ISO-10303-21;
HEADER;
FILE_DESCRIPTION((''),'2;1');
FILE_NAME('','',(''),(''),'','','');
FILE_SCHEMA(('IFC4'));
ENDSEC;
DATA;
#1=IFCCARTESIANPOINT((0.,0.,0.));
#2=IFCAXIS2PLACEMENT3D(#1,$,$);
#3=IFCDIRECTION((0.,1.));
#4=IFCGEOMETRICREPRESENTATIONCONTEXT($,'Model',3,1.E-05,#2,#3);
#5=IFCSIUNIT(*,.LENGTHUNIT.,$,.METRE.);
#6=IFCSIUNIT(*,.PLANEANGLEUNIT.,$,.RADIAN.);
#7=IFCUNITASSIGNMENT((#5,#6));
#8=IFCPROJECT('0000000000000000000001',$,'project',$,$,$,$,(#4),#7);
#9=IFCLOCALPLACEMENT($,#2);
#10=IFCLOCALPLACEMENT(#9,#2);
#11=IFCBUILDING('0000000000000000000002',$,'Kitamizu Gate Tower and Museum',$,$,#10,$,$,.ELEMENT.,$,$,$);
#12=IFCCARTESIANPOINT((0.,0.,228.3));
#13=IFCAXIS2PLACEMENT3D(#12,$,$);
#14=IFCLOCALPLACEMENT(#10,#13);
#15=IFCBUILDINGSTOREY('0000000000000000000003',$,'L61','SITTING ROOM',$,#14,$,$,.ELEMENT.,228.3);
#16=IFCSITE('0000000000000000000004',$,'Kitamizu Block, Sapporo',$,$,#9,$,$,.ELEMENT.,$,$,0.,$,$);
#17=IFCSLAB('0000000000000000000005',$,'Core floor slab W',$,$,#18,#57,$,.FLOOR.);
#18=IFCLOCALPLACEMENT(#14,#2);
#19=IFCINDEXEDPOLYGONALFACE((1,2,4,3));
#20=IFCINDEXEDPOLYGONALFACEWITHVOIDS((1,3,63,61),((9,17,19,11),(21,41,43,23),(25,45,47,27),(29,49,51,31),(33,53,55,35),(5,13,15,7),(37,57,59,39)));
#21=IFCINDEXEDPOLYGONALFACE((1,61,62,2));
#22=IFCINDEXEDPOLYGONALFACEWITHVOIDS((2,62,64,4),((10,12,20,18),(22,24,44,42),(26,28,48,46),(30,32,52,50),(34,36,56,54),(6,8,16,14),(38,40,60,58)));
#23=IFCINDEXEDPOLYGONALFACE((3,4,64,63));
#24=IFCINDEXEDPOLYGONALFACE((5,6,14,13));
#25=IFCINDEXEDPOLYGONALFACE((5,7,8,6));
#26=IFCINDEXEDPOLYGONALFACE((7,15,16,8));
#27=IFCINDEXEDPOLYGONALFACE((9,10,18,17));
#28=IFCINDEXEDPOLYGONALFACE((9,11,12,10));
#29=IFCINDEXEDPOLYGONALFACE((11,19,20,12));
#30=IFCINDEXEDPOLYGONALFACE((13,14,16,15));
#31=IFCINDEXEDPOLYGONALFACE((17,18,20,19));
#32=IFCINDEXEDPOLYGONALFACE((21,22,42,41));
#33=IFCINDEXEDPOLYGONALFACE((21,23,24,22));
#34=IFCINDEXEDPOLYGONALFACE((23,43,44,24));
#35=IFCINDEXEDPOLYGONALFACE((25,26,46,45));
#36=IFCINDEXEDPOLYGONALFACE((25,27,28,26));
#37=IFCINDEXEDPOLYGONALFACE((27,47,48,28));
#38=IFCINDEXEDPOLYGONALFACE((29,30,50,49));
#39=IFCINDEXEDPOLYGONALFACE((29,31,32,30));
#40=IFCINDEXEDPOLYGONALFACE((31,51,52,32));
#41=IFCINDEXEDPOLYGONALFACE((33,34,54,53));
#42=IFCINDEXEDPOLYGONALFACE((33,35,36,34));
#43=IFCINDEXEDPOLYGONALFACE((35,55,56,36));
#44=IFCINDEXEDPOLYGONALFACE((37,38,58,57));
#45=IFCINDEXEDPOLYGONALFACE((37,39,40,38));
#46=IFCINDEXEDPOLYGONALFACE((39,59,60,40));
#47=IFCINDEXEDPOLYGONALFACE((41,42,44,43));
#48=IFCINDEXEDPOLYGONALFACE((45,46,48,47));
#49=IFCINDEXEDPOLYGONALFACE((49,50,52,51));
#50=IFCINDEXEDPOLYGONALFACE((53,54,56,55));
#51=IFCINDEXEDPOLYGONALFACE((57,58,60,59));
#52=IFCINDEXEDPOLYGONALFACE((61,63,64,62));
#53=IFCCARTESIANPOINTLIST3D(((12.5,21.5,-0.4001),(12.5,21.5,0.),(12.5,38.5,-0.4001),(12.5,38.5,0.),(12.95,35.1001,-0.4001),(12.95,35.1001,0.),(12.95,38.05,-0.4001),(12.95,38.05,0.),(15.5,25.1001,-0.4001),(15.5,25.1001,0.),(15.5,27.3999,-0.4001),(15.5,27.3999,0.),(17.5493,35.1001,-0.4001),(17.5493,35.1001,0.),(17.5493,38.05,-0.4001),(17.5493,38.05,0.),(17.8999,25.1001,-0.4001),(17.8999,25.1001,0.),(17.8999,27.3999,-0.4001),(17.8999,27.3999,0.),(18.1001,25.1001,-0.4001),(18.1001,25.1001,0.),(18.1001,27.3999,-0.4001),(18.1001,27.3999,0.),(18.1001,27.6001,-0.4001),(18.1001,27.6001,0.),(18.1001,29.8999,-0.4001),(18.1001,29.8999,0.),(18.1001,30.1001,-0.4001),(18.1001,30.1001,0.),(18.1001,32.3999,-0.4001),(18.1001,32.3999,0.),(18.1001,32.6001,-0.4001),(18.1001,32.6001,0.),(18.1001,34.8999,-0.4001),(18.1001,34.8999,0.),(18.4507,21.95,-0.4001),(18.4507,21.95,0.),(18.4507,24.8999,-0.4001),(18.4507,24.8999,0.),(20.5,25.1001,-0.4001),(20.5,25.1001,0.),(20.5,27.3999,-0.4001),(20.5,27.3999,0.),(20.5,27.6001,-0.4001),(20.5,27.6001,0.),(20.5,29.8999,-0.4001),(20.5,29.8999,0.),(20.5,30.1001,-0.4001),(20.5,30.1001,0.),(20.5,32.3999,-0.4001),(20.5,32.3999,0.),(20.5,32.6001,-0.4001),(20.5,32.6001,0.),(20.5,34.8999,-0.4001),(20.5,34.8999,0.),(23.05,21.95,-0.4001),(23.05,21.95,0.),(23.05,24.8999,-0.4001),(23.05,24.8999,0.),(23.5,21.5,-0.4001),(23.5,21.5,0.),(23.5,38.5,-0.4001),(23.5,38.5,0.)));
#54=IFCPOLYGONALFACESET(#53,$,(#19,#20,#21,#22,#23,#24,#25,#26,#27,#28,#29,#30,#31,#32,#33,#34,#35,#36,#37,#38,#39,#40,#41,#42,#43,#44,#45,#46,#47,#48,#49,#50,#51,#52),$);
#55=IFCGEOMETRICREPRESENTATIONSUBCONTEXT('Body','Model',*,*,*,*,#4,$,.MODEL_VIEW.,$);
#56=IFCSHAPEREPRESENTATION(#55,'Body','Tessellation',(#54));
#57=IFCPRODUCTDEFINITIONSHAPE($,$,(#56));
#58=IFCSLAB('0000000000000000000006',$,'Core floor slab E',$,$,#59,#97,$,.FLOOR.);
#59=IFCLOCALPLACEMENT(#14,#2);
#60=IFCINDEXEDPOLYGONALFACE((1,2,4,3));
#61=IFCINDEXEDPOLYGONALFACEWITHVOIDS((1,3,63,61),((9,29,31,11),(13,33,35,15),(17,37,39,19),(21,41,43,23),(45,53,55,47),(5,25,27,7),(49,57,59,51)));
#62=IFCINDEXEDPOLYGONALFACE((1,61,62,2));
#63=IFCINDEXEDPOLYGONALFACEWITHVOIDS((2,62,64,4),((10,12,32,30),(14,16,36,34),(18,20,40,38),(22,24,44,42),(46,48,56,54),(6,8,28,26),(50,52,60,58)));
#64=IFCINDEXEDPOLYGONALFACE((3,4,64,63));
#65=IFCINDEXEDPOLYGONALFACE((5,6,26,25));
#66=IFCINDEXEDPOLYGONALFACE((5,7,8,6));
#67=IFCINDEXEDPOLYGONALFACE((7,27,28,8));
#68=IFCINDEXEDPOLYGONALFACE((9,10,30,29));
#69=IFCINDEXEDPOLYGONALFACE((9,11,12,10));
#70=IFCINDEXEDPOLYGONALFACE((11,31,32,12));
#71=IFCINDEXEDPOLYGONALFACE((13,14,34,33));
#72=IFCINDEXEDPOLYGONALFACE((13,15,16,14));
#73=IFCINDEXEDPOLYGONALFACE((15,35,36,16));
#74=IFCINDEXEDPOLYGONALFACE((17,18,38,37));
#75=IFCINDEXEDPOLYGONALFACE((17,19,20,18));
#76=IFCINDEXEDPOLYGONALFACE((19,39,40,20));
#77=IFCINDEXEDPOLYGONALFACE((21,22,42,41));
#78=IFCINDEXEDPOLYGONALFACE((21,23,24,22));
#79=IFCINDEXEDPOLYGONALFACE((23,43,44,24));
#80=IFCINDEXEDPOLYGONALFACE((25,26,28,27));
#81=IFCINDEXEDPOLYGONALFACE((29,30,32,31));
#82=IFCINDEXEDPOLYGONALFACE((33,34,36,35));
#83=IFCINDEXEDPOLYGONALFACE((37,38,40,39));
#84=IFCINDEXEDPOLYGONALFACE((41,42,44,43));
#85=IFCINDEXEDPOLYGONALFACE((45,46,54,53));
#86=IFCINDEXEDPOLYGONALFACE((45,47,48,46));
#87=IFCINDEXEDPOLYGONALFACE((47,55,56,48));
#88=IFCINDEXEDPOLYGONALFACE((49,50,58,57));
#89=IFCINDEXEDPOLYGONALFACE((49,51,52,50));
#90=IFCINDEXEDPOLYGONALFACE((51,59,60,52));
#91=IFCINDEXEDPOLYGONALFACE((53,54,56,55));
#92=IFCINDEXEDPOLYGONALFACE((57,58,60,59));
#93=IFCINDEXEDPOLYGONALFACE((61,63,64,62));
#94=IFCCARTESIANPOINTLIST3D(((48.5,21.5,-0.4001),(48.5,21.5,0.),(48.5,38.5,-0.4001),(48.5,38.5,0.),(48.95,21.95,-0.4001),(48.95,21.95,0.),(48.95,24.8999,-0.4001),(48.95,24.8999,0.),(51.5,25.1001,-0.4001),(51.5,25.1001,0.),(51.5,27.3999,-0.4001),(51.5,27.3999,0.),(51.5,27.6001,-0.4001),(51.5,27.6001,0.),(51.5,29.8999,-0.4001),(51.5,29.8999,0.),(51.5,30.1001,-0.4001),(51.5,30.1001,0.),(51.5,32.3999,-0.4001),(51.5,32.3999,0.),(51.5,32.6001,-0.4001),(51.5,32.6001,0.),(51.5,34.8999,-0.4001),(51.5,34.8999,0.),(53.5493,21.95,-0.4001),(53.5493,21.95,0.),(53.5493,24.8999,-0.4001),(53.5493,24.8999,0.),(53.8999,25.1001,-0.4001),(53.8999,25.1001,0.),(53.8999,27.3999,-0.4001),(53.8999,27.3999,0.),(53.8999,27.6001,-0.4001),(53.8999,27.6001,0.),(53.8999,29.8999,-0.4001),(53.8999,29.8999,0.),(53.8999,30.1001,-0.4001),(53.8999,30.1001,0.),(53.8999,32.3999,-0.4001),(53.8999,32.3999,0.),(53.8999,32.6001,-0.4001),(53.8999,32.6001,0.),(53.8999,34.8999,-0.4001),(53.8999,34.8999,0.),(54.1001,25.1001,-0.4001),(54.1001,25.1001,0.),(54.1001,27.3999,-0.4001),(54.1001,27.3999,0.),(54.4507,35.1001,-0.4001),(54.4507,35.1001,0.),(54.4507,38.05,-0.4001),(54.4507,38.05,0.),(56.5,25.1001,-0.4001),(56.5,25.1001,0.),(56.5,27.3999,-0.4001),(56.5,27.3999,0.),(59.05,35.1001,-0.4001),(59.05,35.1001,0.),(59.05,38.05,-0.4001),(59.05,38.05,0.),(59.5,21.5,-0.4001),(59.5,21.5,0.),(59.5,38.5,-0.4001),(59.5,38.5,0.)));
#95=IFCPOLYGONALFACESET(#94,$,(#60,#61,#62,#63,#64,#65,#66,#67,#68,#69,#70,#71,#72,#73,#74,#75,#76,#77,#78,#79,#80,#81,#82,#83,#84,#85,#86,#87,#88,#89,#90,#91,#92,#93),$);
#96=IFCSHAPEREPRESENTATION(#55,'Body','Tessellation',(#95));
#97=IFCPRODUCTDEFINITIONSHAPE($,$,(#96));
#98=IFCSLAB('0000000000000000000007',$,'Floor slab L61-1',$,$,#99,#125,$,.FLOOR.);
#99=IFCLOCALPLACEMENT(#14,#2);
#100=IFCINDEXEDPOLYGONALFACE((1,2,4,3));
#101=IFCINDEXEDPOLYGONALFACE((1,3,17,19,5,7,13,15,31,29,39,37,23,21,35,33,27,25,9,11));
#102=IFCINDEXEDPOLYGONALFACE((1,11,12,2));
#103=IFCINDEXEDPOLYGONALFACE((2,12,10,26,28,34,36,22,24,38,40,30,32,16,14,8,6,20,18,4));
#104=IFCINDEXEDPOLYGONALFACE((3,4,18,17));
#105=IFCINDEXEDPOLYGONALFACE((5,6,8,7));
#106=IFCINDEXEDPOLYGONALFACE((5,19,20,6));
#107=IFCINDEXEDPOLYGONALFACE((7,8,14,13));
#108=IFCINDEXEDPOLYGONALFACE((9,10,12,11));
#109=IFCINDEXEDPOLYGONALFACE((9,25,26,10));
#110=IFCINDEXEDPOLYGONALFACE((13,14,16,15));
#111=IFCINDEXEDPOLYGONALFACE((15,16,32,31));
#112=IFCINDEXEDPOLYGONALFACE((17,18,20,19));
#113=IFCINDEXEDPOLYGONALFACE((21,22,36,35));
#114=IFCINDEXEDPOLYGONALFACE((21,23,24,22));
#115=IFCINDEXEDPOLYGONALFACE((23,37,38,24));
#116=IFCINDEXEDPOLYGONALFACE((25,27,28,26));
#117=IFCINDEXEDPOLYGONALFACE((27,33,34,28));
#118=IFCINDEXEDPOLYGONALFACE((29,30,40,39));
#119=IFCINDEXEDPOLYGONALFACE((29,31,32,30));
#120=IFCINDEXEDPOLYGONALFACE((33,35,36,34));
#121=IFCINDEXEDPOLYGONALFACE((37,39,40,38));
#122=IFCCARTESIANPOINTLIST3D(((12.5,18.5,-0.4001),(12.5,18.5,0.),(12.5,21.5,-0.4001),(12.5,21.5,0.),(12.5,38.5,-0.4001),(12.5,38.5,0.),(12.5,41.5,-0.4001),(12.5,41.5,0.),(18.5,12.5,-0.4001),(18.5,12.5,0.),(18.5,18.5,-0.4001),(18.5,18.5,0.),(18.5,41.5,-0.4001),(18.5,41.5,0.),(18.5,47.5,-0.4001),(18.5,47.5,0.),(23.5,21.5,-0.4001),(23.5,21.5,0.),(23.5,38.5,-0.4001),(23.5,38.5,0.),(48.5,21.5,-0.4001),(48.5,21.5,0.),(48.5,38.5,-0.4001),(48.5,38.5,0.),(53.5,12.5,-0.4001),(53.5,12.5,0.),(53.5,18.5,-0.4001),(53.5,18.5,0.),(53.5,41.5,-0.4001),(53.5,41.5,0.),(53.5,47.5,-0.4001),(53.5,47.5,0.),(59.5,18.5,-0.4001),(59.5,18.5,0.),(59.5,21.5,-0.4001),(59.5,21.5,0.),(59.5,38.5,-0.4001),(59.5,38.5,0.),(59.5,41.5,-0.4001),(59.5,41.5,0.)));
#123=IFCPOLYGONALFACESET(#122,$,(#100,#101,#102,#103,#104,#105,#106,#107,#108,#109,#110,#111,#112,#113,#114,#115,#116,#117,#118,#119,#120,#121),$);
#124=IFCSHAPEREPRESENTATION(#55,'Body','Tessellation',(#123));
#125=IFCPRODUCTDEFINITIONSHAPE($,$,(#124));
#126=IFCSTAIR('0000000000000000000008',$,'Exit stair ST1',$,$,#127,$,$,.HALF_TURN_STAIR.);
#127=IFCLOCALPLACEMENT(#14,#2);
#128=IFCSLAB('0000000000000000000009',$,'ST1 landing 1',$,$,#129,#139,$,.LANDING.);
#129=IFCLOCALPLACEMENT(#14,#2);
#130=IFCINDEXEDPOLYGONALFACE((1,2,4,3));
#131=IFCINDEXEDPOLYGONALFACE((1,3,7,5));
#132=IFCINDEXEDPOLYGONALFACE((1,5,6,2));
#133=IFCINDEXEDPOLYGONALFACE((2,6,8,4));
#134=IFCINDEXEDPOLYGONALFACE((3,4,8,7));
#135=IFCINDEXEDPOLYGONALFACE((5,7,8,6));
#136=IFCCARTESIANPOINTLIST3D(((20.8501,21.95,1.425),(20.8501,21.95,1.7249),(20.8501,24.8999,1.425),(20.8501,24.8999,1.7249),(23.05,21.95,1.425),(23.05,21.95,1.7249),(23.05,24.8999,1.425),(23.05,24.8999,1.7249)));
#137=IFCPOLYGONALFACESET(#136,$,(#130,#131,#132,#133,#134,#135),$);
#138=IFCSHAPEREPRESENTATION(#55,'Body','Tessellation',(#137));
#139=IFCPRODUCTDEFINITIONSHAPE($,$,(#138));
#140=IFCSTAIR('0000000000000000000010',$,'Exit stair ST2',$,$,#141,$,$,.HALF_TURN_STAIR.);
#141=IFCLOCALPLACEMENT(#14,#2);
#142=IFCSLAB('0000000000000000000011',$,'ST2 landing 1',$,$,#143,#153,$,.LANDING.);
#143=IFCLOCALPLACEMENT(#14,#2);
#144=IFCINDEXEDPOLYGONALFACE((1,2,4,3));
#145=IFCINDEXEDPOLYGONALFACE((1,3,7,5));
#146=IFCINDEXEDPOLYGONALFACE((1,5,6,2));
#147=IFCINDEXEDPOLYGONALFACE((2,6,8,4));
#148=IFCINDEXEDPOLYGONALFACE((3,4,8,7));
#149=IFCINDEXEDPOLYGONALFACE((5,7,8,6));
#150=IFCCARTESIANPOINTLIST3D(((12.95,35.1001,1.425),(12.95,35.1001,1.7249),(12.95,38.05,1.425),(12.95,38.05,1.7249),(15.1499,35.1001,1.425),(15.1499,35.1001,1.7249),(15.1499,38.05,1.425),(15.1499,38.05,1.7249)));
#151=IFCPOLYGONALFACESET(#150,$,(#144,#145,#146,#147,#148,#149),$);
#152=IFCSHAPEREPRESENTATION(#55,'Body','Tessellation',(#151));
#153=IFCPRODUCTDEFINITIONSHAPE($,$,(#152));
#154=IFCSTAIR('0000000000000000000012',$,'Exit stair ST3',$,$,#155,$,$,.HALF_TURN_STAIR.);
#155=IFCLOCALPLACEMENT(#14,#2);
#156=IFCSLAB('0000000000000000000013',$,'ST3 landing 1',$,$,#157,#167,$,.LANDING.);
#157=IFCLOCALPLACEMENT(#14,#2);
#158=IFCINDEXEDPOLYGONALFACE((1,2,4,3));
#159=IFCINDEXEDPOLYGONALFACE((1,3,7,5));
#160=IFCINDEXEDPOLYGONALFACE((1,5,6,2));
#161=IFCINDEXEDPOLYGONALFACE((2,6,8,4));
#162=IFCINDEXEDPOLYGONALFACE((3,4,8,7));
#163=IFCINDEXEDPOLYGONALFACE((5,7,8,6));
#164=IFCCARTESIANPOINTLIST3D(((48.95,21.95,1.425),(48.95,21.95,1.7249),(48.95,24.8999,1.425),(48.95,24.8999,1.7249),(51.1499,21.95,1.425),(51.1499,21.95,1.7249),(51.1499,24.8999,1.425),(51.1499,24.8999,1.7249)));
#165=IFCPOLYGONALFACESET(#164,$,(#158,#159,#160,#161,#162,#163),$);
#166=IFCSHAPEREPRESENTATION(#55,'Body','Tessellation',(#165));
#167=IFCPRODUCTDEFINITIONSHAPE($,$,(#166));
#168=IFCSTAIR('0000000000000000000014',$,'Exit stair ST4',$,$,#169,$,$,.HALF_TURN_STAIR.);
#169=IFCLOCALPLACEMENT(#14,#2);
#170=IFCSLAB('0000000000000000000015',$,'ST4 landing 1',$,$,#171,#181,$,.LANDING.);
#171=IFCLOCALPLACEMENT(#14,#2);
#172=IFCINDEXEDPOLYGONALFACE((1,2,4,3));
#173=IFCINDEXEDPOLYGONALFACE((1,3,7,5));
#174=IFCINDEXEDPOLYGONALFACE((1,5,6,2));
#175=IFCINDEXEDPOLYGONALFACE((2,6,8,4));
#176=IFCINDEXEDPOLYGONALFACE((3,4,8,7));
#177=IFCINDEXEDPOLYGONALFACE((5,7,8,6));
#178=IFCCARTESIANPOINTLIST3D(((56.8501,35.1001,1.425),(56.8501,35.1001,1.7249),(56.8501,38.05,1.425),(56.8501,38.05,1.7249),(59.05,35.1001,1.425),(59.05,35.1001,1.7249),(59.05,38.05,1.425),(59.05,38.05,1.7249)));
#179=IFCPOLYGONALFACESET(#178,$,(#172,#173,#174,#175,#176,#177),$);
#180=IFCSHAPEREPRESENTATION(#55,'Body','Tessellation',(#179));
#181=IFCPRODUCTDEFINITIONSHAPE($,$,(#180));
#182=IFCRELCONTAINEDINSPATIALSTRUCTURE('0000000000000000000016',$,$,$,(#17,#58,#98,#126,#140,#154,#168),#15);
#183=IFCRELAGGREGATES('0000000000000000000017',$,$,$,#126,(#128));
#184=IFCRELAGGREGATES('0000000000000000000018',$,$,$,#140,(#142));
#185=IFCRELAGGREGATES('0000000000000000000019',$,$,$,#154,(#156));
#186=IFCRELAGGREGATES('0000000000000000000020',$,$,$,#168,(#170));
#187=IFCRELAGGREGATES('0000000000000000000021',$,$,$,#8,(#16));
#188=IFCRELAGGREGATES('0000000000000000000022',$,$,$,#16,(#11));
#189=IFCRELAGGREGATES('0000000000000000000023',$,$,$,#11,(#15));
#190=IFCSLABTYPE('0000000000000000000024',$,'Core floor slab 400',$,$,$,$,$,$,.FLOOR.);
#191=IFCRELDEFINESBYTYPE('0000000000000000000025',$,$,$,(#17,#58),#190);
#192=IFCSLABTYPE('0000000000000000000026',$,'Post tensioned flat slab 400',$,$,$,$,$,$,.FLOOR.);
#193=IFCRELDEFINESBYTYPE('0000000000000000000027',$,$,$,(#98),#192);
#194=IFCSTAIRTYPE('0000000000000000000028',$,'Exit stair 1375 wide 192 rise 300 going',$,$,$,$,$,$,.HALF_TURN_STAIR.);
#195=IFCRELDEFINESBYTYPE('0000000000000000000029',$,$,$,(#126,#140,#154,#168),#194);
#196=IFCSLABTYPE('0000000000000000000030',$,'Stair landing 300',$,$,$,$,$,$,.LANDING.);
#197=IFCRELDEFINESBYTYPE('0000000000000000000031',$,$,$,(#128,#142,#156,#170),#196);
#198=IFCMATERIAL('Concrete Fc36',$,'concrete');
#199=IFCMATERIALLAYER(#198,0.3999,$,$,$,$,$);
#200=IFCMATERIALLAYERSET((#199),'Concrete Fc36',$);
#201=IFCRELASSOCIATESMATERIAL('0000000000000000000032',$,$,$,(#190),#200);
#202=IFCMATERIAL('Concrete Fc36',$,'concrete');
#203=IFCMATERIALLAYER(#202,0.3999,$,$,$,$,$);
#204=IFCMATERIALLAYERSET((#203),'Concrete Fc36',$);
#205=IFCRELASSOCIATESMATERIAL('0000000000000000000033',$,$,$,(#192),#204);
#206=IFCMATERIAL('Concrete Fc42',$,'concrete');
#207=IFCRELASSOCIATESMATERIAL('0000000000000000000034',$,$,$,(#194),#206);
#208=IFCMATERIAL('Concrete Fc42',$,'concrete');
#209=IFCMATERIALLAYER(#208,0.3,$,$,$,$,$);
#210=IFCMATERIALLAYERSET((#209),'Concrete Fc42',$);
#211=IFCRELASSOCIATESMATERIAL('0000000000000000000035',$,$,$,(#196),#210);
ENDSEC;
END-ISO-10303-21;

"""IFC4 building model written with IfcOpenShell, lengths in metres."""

from ifc_helpers import new_model, si_unit, direction, frame, origin, place, context, subcontext, project, spatial, polyline, outline, extrude, material, layer, layer_set, type_object, element, aggregate, save


model = new_model("IFC4")

# Units and contexts
model_context = context("Model", 3, precision=1e-05, world=origin(), true_north=direction((0.0, 1.0)))
body_context = subcontext(model_context, "Body", "Model", "MODEL_VIEW")
ifc_project = project(units=[si_unit("LENGTHUNIT", "METRE"), si_unit("PLANEANGLEUNIT", "RADIAN")], contexts=[model_context])

# Site, building, storey
site_placement = place(None, origin())
site = spatial("IfcSite", under=ifc_project, at=site_placement, Name="Kitamizu Block, Sapporo", CompositionType="ELEMENT", RefElevation=0.0)
building_placement = place(site_placement, origin())
building = spatial("IfcBuilding", under=site, at=building_placement, Name="Kitamizu Gate Tower and Museum", CompositionType="ELEMENT")
storey_placement = place(building_placement, frame((0.0, 0.0, 228.3)))
storey = spatial("IfcBuildingStorey", under=building, at=storey_placement, Name="L61", Description="SITTING ROOM", CompositionType="ELEMENT", Elevation=228.3)

# Slabs
ifc_material_1 = material(Name="Concrete Fc36", Category="concrete")
ifc_layer_1 = layer(ifc_material_1, 0.3999)
ifc_layer_set_1 = layer_set([ifc_layer_1], Name="Concrete Fc36")
slab_type_1 = type_object("IfcSlabType", Name="Core floor slab 400", PredefinedType="FLOOR", material=ifc_layer_set_1)
slab_1_placement = place(storey_placement, frame((0.0, 0.0, -0.4001)))
element("IfcSlab", 1, at=slab_1_placement, inside=storey, type_object=slab_type_1, Name="Core floor slab W", PredefinedType="FLOOR", context=body_context, shape_type="SweptSolid", body=[
    extrude(outline(polyline([(12.5, 21.5), (23.5, 21.5), (23.5, 38.5), (12.5, 38.5), (12.5, 21.5)]), holes=[polyline([(15.5, 25.1001), (17.8999, 25.1001), (17.8999, 27.3999), (15.5, 27.3999), (15.5, 25.1001)]), polyline([(18.1001, 25.1001), (20.5, 25.1001), (20.5, 27.3999), (18.1001, 27.3999), (18.1001, 25.1001)]), polyline([(18.1001, 27.6001), (20.5, 27.6001), (20.5, 29.8999), (18.1001, 29.8999), (18.1001, 27.6001)]), polyline([(18.1001, 30.1001), (20.5, 30.1001), (20.5, 32.3999), (18.1001, 32.3999), (18.1001, 30.1001)]), polyline([(18.1001, 32.6001), (20.5, 32.6001), (20.5, 34.8999), (18.1001, 34.8999), (18.1001, 32.6001)]), polyline([(18.4507, 21.95), (23.05, 21.95), (23.05, 24.8999), (18.4507, 24.8999), (18.4507, 21.95)]), polyline([(12.95, 35.1001), (17.5493, 35.1001), (17.5493, 38.05), (12.95, 38.05), (12.95, 35.1001)])]), origin(), (0.0, 0.0, 1.0), 0.4001),
])
slab_2_placement = place(storey_placement, frame((0.0, 0.0, -0.4001)))
element("IfcSlab", 2, at=slab_2_placement, inside=storey, type_object=slab_type_1, Name="Core floor slab E", PredefinedType="FLOOR", context=body_context, shape_type="SweptSolid", body=[
    extrude(outline(polyline([(48.5, 21.5), (59.5, 21.5), (59.5, 38.5), (48.5, 38.5), (48.5, 21.5)]), holes=[polyline([(54.1001, 25.1001), (56.5, 25.1001), (56.5, 27.3999), (54.1001, 27.3999), (54.1001, 25.1001)]), polyline([(51.5, 25.1001), (53.8999, 25.1001), (53.8999, 27.3999), (51.5, 27.3999), (51.5, 25.1001)]), polyline([(51.5, 27.6001), (53.8999, 27.6001), (53.8999, 29.8999), (51.5, 29.8999), (51.5, 27.6001)]), polyline([(51.5, 30.1001), (53.8999, 30.1001), (53.8999, 32.3999), (51.5, 32.3999), (51.5, 30.1001)]), polyline([(51.5, 32.6001), (53.8999, 32.6001), (53.8999, 34.8999), (51.5, 34.8999), (51.5, 32.6001)]), polyline([(48.95, 21.95), (53.5493, 21.95), (53.5493, 24.8999), (48.95, 24.8999), (48.95, 21.95)]), polyline([(54.4507, 35.1001), (59.05, 35.1001), (59.05, 38.05), (54.4507, 38.05), (54.4507, 35.1001)])]), origin(), (0.0, 0.0, 1.0), 0.4001),
])
ifc_material_2 = material(Name="Concrete Fc36", Category="concrete")
ifc_layer_2 = layer(ifc_material_2, 0.3999)
ifc_layer_set_2 = layer_set([ifc_layer_2], Name="Concrete Fc36")
slab_type_2 = type_object("IfcSlabType", Name="Post tensioned flat slab 400", PredefinedType="FLOOR", material=ifc_layer_set_2)
slab_3_placement = place(storey_placement, frame((0.0, 0.0, -0.4001)))
element("IfcSlab", 3, at=slab_3_placement, inside=storey, type_object=slab_type_2, Name="Floor slab L61-1", PredefinedType="FLOOR", context=body_context, shape_type="SweptSolid", body=[
    extrude(outline(polyline([(12.5, 18.5), (12.5, 21.5), (23.5, 21.5), (23.5, 38.5), (12.5, 38.5), (12.5, 41.5), (18.5, 41.5), (18.5, 47.5), (53.5, 47.5), (53.5, 41.5), (59.5, 41.5), (59.5, 38.5), (48.5, 38.5), (48.5, 21.5), (59.5, 21.5), (59.5, 18.5), (53.5, 18.5), (53.5, 12.5), (18.5, 12.5), (18.5, 18.5), (12.5, 18.5)])), origin(), (0.0, 0.0, 1.0), 0.4001),
])

# Stairs, slabs
ifc_material_3 = material(Name="Concrete Fc42", Category="concrete")
stair_type = type_object("IfcStairType", Name="Exit stair 1375 wide 192 rise 300 going", PredefinedType="HALF_TURN_STAIR", material=ifc_material_3)
stair_1_placement = place(storey_placement, origin())
stair_1 = element("IfcStair", 4, at=stair_1_placement, inside=storey, type_object=stair_type, Name="Exit stair ST1", PredefinedType="HALF_TURN_STAIR")
ifc_material_4 = material(Name="Concrete Fc42", Category="concrete")
ifc_layer_3 = layer(ifc_material_4, 0.3)
ifc_layer_set_3 = layer_set([ifc_layer_3], Name="Concrete Fc42")
slab_type_3 = type_object("IfcSlabType", Name="Stair landing 300", PredefinedType="LANDING", material=ifc_layer_set_3)
slab_4_placement = place(storey_placement, frame((0.0, 0.0, 1.425)))
slab_4 = element("IfcSlab", 5, at=slab_4_placement, type_object=slab_type_3, Name="ST1 landing 1", PredefinedType="LANDING", context=body_context, shape_type="SweptSolid", body=[
    extrude(outline(polyline([(20.8501, 21.95), (23.05, 21.95), (23.05, 24.8999), (20.8501, 24.8999), (20.8501, 21.95)])), origin(), (0.0, 0.0, 1.0), 0.2998),
])
aggregate(stair_1, [slab_4])
stair_2_placement = place(storey_placement, origin())
stair_2 = element("IfcStair", 6, at=stair_2_placement, inside=storey, type_object=stair_type, Name="Exit stair ST2", PredefinedType="HALF_TURN_STAIR")
slab_5_placement = place(storey_placement, frame((0.0, 0.0, 1.425)))
slab_5 = element("IfcSlab", 7, at=slab_5_placement, type_object=slab_type_3, Name="ST2 landing 1", PredefinedType="LANDING", context=body_context, shape_type="SweptSolid", body=[
    extrude(outline(polyline([(12.95, 35.1001), (15.1499, 35.1001), (15.1499, 38.05), (12.95, 38.05), (12.95, 35.1001)])), origin(), (0.0, 0.0, 1.0), 0.2998),
])
aggregate(stair_2, [slab_5])
stair_3_placement = place(storey_placement, origin())
stair_3 = element("IfcStair", 8, at=stair_3_placement, inside=storey, type_object=stair_type, Name="Exit stair ST3", PredefinedType="HALF_TURN_STAIR")
slab_6_placement = place(storey_placement, frame((0.0, 0.0, 1.425)))
slab_6 = element("IfcSlab", 9, at=slab_6_placement, type_object=slab_type_3, Name="ST3 landing 1", PredefinedType="LANDING", context=body_context, shape_type="SweptSolid", body=[
    extrude(outline(polyline([(48.95, 21.95), (51.1499, 21.95), (51.1499, 24.8999), (48.95, 24.8999), (48.95, 21.95)])), origin(), (0.0, 0.0, 1.0), 0.2998),
])
aggregate(stair_3, [slab_6])
stair_4_placement = place(storey_placement, origin())
stair_4 = element("IfcStair", 10, at=stair_4_placement, inside=storey, type_object=stair_type, Name="Exit stair ST4", PredefinedType="HALF_TURN_STAIR")
slab_7_placement = place(storey_placement, frame((0.0, 0.0, 1.425)))
slab_7 = element("IfcSlab", 11, at=slab_7_placement, type_object=slab_type_3, Name="ST4 landing 1", PredefinedType="LANDING", context=body_context, shape_type="SweptSolid", body=[
    extrude(outline(polyline([(56.8501, 35.1001), (59.05, 35.1001), (59.05, 38.05), (56.8501, 38.05), (56.8501, 35.1001)])), origin(), (0.0, 0.0, 1.0), 0.2998),
])
aggregate(stair_4, [slab_7])

save(model, "model.ifc")
